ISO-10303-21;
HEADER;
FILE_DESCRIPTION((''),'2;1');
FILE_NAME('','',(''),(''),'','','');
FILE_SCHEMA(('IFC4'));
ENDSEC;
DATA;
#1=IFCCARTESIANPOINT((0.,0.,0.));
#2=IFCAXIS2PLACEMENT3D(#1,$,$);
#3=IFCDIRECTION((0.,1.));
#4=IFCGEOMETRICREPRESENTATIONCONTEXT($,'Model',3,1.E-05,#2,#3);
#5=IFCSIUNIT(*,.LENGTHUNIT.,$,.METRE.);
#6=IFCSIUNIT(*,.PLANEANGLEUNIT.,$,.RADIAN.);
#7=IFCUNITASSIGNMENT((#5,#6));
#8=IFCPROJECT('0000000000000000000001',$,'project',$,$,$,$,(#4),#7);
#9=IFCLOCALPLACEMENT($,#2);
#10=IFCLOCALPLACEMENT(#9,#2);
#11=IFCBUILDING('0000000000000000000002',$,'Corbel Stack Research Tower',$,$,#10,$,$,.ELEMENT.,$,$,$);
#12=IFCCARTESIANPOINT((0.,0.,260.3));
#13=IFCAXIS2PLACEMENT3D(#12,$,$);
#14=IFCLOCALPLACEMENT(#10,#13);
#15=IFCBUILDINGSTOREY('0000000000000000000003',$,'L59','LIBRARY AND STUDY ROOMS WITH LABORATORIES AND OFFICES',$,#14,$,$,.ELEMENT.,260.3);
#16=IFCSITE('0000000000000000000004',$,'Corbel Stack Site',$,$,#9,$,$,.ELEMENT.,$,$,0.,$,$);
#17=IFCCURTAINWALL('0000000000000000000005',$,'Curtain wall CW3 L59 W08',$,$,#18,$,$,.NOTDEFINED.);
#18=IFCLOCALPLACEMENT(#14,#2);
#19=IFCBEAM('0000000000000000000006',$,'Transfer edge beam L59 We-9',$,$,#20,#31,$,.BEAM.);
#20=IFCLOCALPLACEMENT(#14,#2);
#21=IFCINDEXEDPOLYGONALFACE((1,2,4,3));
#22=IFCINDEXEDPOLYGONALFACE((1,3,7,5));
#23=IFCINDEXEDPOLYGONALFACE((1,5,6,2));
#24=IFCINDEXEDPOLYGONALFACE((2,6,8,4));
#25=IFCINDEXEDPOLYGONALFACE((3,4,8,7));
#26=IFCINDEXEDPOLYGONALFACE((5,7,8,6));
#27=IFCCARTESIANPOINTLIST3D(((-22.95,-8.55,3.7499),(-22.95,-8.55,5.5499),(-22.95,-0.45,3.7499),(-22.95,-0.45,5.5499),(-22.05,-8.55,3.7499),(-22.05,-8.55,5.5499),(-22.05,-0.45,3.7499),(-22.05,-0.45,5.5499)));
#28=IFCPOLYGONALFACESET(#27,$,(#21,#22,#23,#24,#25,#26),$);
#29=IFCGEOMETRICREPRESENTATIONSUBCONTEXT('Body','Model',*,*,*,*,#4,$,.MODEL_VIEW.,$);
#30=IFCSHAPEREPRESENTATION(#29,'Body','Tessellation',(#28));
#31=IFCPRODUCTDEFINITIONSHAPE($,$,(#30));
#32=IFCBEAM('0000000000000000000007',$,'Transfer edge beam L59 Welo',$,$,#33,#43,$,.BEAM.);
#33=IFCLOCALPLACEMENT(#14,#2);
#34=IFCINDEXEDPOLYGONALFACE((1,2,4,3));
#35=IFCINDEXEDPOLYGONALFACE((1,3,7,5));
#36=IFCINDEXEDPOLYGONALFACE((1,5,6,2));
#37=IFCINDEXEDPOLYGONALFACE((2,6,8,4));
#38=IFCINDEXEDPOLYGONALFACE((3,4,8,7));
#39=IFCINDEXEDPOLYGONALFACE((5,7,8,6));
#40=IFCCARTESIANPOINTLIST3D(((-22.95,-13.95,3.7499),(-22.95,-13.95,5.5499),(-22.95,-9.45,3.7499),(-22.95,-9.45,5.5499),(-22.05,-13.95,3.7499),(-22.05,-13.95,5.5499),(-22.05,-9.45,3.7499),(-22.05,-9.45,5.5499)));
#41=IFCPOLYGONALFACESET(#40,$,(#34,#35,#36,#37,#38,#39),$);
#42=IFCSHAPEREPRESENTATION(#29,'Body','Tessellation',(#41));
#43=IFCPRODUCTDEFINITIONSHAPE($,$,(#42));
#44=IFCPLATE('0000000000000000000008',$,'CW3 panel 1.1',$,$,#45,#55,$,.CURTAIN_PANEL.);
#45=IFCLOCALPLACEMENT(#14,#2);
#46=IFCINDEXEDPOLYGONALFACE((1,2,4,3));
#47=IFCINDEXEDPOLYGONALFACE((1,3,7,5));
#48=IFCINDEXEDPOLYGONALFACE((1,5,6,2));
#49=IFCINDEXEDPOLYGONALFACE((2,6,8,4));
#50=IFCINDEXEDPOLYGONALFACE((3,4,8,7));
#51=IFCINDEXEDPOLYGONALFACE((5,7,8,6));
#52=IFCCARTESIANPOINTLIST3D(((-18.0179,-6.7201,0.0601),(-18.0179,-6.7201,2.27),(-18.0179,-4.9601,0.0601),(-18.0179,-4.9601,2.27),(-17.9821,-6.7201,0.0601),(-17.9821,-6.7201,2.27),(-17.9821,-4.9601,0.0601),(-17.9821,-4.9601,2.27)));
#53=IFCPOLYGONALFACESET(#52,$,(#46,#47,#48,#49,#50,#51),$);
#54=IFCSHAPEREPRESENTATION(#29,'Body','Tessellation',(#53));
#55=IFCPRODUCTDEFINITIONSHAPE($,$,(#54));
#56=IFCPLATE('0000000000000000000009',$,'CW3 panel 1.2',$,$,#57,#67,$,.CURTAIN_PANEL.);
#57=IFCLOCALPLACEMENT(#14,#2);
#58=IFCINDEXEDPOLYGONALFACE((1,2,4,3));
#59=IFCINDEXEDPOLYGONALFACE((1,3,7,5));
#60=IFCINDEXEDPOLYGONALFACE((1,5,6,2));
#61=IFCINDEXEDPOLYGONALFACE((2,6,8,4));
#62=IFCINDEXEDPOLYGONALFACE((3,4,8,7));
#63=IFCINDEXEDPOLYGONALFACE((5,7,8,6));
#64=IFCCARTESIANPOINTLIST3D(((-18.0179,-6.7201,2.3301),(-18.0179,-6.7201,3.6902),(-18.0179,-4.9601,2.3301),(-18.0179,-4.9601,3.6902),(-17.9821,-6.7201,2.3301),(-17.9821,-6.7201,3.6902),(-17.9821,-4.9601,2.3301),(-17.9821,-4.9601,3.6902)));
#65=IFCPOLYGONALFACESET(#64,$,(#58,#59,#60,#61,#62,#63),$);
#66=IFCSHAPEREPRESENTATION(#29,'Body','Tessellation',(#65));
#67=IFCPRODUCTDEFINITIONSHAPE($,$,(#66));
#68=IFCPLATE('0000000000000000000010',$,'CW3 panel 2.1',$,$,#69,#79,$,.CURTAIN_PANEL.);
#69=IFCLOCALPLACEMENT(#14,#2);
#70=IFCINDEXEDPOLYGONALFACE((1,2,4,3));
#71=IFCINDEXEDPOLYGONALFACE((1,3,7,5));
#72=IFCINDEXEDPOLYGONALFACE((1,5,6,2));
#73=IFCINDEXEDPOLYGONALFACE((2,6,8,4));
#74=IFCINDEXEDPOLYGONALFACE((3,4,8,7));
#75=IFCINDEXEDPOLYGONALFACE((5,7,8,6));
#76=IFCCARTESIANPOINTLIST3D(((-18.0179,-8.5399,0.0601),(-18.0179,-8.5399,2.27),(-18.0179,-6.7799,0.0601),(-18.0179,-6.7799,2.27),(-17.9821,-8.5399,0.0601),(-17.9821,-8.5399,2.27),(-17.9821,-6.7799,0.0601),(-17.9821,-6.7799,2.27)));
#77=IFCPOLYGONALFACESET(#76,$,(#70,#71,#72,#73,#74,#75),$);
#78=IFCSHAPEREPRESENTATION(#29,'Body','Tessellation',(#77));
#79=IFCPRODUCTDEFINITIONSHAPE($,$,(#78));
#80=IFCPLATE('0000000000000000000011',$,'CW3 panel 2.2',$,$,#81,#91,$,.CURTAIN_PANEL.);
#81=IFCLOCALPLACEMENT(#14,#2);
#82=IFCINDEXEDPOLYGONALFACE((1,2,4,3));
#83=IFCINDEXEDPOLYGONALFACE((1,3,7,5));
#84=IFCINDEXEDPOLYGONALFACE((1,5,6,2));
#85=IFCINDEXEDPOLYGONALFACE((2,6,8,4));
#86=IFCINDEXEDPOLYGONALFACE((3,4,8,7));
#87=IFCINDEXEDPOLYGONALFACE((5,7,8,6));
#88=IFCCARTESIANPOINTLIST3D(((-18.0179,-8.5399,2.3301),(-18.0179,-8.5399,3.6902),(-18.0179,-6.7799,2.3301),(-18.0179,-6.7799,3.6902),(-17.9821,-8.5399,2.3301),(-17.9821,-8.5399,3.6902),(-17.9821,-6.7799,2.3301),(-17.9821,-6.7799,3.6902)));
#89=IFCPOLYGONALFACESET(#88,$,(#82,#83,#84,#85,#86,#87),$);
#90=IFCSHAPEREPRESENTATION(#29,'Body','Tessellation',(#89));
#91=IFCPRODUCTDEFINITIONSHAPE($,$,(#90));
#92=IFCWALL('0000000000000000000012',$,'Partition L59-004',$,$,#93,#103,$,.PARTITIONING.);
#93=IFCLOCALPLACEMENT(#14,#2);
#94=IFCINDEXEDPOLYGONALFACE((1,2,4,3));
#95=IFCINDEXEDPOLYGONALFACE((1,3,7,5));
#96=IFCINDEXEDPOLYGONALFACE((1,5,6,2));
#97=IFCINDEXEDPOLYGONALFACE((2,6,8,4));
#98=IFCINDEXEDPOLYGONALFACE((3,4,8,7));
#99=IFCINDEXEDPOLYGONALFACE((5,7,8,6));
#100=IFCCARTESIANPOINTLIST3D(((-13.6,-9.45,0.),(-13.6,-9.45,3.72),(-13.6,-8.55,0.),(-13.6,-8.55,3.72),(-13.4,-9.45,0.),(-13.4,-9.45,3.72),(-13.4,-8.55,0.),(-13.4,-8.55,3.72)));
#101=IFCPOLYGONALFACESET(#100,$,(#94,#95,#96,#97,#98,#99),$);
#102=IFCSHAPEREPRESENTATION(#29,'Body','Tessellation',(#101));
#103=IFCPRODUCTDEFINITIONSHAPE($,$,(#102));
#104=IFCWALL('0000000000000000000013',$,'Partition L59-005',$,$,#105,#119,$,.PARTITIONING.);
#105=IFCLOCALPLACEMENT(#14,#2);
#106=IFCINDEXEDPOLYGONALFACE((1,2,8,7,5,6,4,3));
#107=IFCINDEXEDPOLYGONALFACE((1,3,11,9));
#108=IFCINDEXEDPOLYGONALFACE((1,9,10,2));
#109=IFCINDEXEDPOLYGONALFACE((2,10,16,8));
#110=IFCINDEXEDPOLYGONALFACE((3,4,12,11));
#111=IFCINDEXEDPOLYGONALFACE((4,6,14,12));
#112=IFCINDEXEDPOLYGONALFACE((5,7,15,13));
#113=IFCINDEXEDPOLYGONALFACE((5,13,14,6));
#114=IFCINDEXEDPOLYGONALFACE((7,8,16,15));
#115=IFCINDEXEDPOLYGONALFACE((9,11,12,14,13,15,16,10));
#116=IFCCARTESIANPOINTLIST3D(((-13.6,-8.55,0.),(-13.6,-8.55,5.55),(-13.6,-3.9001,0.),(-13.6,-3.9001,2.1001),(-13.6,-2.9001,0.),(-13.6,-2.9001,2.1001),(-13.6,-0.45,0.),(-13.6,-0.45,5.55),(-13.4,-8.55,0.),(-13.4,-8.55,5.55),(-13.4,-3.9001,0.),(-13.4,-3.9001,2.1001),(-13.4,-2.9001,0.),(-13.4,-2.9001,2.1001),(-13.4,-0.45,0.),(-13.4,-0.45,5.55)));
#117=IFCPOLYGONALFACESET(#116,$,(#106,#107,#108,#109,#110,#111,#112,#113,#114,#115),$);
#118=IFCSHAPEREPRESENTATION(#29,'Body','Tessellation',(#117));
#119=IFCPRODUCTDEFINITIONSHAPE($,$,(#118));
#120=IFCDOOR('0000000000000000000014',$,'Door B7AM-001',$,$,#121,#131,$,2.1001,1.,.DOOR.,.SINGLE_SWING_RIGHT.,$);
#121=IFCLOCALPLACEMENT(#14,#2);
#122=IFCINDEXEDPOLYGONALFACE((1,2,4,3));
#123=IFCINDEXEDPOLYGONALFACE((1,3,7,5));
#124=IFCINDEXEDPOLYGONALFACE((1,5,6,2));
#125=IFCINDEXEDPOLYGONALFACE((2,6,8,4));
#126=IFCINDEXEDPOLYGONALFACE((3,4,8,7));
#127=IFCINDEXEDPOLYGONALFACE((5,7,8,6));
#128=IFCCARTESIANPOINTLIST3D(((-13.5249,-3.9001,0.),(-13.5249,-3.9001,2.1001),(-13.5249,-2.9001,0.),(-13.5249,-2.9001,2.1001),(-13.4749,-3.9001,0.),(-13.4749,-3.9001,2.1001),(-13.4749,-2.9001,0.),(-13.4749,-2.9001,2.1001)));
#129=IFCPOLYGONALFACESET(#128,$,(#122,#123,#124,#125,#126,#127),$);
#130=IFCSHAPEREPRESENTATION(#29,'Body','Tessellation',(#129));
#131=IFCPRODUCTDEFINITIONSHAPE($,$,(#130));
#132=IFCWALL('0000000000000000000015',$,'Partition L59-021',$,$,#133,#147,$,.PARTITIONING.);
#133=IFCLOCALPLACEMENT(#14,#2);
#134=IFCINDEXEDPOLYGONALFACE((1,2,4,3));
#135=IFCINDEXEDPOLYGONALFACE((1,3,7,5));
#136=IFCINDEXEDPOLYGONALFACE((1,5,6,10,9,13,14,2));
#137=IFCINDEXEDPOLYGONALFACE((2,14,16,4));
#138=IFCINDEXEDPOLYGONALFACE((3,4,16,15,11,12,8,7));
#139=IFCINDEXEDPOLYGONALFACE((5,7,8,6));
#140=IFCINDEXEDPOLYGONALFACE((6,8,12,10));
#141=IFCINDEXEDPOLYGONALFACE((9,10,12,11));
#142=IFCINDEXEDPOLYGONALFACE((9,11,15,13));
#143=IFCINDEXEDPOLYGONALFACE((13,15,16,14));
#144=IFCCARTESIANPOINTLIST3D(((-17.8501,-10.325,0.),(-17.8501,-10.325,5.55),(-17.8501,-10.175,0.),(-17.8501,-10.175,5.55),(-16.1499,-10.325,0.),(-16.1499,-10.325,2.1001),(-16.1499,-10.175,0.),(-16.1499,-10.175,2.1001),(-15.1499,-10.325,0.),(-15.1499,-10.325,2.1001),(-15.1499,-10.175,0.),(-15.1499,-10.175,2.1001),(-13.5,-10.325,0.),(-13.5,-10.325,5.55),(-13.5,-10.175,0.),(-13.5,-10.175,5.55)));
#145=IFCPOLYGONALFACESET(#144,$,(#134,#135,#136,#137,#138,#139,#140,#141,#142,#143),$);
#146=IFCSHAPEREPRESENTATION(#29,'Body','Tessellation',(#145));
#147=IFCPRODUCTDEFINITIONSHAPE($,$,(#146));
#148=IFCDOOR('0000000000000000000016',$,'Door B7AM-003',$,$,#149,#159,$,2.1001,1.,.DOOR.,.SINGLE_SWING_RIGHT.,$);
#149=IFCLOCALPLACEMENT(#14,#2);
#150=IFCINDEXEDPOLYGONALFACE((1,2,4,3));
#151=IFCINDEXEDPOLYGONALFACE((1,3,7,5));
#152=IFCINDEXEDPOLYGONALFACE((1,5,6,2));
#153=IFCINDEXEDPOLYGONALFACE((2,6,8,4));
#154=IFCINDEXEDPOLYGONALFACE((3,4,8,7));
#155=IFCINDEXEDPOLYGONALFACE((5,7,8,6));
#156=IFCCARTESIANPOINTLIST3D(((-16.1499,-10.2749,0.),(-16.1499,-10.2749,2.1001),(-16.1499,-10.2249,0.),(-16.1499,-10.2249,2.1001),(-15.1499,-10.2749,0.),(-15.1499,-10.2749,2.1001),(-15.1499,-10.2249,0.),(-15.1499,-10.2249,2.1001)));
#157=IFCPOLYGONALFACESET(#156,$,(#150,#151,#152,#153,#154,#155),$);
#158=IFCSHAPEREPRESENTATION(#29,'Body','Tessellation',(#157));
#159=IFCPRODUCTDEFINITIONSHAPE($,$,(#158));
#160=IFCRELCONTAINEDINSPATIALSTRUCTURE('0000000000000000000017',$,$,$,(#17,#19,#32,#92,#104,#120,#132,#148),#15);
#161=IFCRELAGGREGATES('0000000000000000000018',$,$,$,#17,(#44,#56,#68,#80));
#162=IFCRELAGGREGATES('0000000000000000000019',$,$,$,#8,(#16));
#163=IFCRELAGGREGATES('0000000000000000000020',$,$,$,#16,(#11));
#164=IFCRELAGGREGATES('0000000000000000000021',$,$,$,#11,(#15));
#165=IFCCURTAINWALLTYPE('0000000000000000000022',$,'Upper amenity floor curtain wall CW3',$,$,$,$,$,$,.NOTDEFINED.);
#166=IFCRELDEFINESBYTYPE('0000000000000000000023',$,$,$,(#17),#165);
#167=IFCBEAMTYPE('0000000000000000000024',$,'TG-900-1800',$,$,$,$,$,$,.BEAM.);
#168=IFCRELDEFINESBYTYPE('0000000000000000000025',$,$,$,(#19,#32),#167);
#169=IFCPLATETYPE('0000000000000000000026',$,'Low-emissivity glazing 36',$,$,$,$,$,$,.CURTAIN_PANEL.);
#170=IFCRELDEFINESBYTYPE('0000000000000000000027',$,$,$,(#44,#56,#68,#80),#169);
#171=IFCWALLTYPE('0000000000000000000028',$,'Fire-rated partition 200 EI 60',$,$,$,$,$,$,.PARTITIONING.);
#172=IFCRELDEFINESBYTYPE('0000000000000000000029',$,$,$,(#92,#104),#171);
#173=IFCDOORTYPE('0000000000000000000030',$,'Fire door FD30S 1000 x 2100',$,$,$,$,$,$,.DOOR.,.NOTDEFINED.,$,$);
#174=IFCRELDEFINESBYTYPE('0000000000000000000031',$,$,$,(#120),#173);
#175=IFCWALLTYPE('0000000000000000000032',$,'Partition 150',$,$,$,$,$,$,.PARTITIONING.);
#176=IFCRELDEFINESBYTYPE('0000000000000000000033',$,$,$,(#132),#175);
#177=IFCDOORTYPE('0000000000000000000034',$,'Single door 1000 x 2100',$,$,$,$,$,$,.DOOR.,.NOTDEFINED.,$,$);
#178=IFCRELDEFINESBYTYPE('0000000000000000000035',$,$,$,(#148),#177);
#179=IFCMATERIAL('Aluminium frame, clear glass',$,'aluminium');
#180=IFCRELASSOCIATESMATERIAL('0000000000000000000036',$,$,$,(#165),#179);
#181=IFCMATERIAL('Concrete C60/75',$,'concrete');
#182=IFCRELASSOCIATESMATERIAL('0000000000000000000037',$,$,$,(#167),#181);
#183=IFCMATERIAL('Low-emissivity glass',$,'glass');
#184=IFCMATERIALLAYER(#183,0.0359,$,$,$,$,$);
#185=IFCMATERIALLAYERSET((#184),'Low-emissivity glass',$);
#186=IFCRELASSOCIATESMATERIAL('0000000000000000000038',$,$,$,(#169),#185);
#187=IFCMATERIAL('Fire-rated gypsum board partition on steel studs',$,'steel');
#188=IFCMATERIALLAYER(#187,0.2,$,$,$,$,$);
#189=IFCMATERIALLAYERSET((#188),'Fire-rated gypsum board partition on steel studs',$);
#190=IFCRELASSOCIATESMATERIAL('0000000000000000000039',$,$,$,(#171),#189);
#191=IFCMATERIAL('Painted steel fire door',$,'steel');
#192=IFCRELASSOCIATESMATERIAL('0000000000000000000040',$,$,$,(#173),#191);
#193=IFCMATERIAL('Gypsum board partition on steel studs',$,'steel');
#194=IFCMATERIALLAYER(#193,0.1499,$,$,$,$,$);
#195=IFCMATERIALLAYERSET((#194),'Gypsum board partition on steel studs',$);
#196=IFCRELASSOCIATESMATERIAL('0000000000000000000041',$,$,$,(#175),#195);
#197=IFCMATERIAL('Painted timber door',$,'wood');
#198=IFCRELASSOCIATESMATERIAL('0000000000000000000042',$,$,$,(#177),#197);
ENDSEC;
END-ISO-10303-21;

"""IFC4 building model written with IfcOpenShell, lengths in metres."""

from ifc_helpers import new_model, si_unit, direction, frame, frame_2d, origin, origin_2d, place, context, subcontext, project, spatial, rectangle, extrude, material, layer, layer_set, material_profile, profile_set, type_object, element, fill, aggregate, save


model = new_model("IFC4")

# Units and contexts
model_context = context("Model", 3, precision=1e-05, world=origin(), true_north=direction((0.0, 1.0)))
body_context = subcontext(model_context, "Body", "Model", "MODEL_VIEW")
ifc_project = project(units=[si_unit("LENGTHUNIT", "METRE"), si_unit("PLANEANGLEUNIT", "RADIAN")], contexts=[model_context])

# Site, building, storey
site_placement = place(None, origin())
site = spatial("IfcSite", under=ifc_project, at=site_placement, Name="Corbel Stack Site", CompositionType="ELEMENT", RefElevation=0.0)
building_placement = place(site_placement, origin())
building = spatial("IfcBuilding", under=site, at=building_placement, Name="Corbel Stack Research Tower", CompositionType="ELEMENT")
storey_placement = place(building_placement, frame((0.0, 0.0, 260.3)))
storey = spatial("IfcBuildingStorey", under=building, at=storey_placement, Name="L59", Description="LIBRARY AND STUDY ROOMS WITH LABORATORIES AND OFFICES", CompositionType="ELEMENT", Elevation=260.3)

# Curtain wall
ifc_material_1 = material(Name="Aluminium frame, clear glass", Category="aluminium")
curtain_wall_type = type_object("IfcCurtainWallType", Name="Upper amenity floor curtain wall CW3", PredefinedType="NOTDEFINED", material=ifc_material_1)
curtain_wall_1_placement = place(storey_placement, origin())
curtain_wall_1 = element("IfcCurtainWall", 1, at=curtain_wall_1_placement, inside=storey, type_object=curtain_wall_type, Name="Curtain wall CW3 L59 W08", PredefinedType="NOTDEFINED")

# Beams
ifc_material_2 = material(Name="Concrete C60/75", Category="concrete")
ifc_material_profile_1 = material_profile(ifc_material_2, rectangle(XDim=0.8999, YDim=1.8, at=origin_2d()), Name="RC 900 x 1800")
ifc_profile_set_1 = profile_set([ifc_material_profile_1], Name="Concrete C60/75")
beam_type_1 = type_object("IfcBeamType", Name="TG-900-1800", PredefinedType="BEAM", material=ifc_profile_set_1)
beam_1_placement = place(storey_placement, frame((-22.5, -8.55, 4.6499), z_axis=(0.0, 1.0, 0.0), x_axis=(-1.0, 0.0, 0.0)))
element("IfcBeam", 2, at=beam_1_placement, inside=storey, type_object=beam_type_1, Name="Transfer edge beam L59 We-9", PredefinedType="BEAM", context=body_context, shape_type="SweptSolid", body=[
    extrude(rectangle(XDim=0.8999, YDim=1.8, at=origin_2d()), origin(), (0.0, 0.0, 1.0), 8.1001),
])
beam_2_placement = place(storey_placement, frame((-22.5, -13.95, 4.6499), z_axis=(0.0, 1.0, 0.0), x_axis=(-1.0, 0.0, 0.0)))
element("IfcBeam", 3, at=beam_2_placement, inside=storey, type_object=beam_type_1, Name="Transfer edge beam L59 Welo", PredefinedType="BEAM", context=body_context, shape_type="SweptSolid", body=[
    extrude(rectangle(XDim=0.8999, YDim=1.8, at=origin_2d()), origin(), (0.0, 0.0, 1.0), 4.5),
])

# Plates
ifc_material_3 = material(Name="Low-emissivity glass", Category="glass")
ifc_layer_1 = layer(ifc_material_3, 0.0359)
ifc_layer_set_1 = layer_set([ifc_layer_1], Name="Low-emissivity glass")
plate_type = type_object("IfcPlateType", Name="Low-emissivity glazing 36", PredefinedType="CURTAIN_PANEL", material=ifc_layer_set_1)
plate_1_placement = place(storey_placement, frame((-18.0, -5.8401, 0.0601), z_axis=(0.0, 0.0, 1.0), x_axis=(0.0, -1.0, 0.0)))
plate_1 = element("IfcPlate", 4, at=plate_1_placement, type_object=plate_type, Name="CW3 panel 1.1", PredefinedType="CURTAIN_PANEL", context=body_context, shape_type="SweptSolid", body=[
    extrude(rectangle(XDim=1.76, YDim=0.0359, at=origin_2d()), origin(), (0.0, 0.0, 1.0), 2.21),
])
plate_2_placement = place(storey_placement, frame((-18.0, -5.8401, 2.3301), z_axis=(0.0, 0.0, 1.0), x_axis=(0.0, -1.0, 0.0)))
plate_2 = element("IfcPlate", 5, at=plate_2_placement, type_object=plate_type, Name="CW3 panel 1.2", PredefinedType="CURTAIN_PANEL", context=body_context, shape_type="SweptSolid", body=[
    extrude(rectangle(XDim=1.76, YDim=0.0359, at=origin_2d()), origin(), (0.0, 0.0, 1.0), 1.3601),
])
plate_3_placement = place(storey_placement, frame((-18.0, -7.6599, 0.0601), z_axis=(0.0, 0.0, 1.0), x_axis=(0.0, -1.0, 0.0)))
plate_3 = element("IfcPlate", 6, at=plate_3_placement, type_object=plate_type, Name="CW3 panel 2.1", PredefinedType="CURTAIN_PANEL", context=body_context, shape_type="SweptSolid", body=[
    extrude(rectangle(XDim=1.76, YDim=0.0359, at=origin_2d()), origin(), (0.0, 0.0, 1.0), 2.21),
])
plate_4_placement = place(storey_placement, frame((-18.0, -7.6599, 2.3301), z_axis=(0.0, 0.0, 1.0), x_axis=(0.0, -1.0, 0.0)))
plate_4 = element("IfcPlate", 7, at=plate_4_placement, type_object=plate_type, Name="CW3 panel 2.2", PredefinedType="CURTAIN_PANEL", context=body_context, shape_type="SweptSolid", body=[
    extrude(rectangle(XDim=1.76, YDim=0.0359, at=origin_2d()), origin(), (0.0, 0.0, 1.0), 1.3601),
])
aggregate(curtain_wall_1, [plate_1, plate_2, plate_3, plate_4])

# Wall
ifc_material_4 = material(Name="Fire-rated gypsum board partition on steel studs", Category="steel")
ifc_layer_2 = layer(ifc_material_4, 0.2)
ifc_layer_set_2 = layer_set([ifc_layer_2], Name="Fire-rated gypsum board partition on steel studs")
wall_type_1 = type_object("IfcWallType", Name="Fire-rated partition 200 EI 60", PredefinedType="PARTITIONING", material=ifc_layer_set_2)
wall_1_placement = place(storey_placement, frame((-13.5, -9.45, 0.0), z_axis=(0.0, 0.0, 1.0), x_axis=(0.0, 1.0, 0.0)))
element("IfcWall", 8, at=wall_1_placement, inside=storey, type_object=wall_type_1, Name="Partition L59-004", PredefinedType="PARTITIONING", context=body_context, shape_type="SweptSolid", body=[
    extrude(rectangle(XDim=0.8999, YDim=0.2, at=frame_2d((0.45, 0.0))), origin(), (0.0, 0.0, 1.0), 3.72),
])

# Walls, openings, doors
wall_2_placement = place(storey_placement, frame((-13.5, -8.55, 0.0), z_axis=(0.0, 0.0, 1.0), x_axis=(0.0, 1.0, 0.0)))
wall_2 = element("IfcWall", 9, at=wall_2_placement, inside=storey, type_object=wall_type_1, Name="Partition L59-005", PredefinedType="PARTITIONING", context=body_context, shape_type="SweptSolid", body=[
    extrude(rectangle(XDim=8.1001, YDim=0.2, at=frame_2d((4.05, 0.0))), origin(), (0.0, 0.0, 1.0), 5.55),
])
opening_1_placement = place(wall_2_placement, frame((4.6499, 0.0, 0.0)))
opening_1 = element("IfcOpeningElement", 10, at=opening_1_placement, cuts=wall_2, PredefinedType="OPENING", context=body_context, shape_type="SweptSolid", body=[
    extrude(rectangle(XDim=1.0, YDim=2.1001, at=frame_2d((0.5, 1.05))), frame((0.0, 0.1099, 0.0), z_axis=(0.0, -1.0, 0.0), x_axis=(1.0, 0.0, 0.0)), (0.0, 0.0, 1.0), 0.22),
])
ifc_material_5 = material(Name="Painted steel fire door", Category="steel")
door_type_1 = type_object("IfcDoorType", Name="Fire door FD30S 1000 x 2100", OperationType="NOTDEFINED", PredefinedType="DOOR", material=ifc_material_5)
door_1_placement = place(opening_1_placement, origin())
door_1 = element("IfcDoor", 11, at=door_1_placement, inside=storey, type_object=door_type_1, Name="Door B7AM-001", OperationType="SINGLE_SWING_RIGHT", OverallHeight=2.1001, OverallWidth=1.0, PredefinedType="DOOR", context=body_context, shape_type="SweptSolid", body=[
    extrude(rectangle(XDim=1.0, YDim=2.1001, at=frame_2d((0.5, 1.05))), frame((0.0, 0.0249, 0.0), z_axis=(0.0, -1.0, 0.0), x_axis=(1.0, 0.0, 0.0)), (0.0, 0.0, 1.0), 0.05),
])
fill(opening_1, door_1)
ifc_material_6 = material(Name="Gypsum board partition on steel studs", Category="steel")
ifc_layer_3 = layer(ifc_material_6, 0.1499)
ifc_layer_set_3 = layer_set([ifc_layer_3], Name="Gypsum board partition on steel studs")
wall_type_2 = type_object("IfcWallType", Name="Partition 150", PredefinedType="PARTITIONING", material=ifc_layer_set_3)
wall_3_placement = place(storey_placement, frame((-13.5, -10.25, 0.0), z_axis=(0.0, 0.0, 1.0), x_axis=(-1.0, 0.0, 0.0)))
wall_3 = element("IfcWall", 12, at=wall_3_placement, inside=storey, type_object=wall_type_2, Name="Partition L59-021", PredefinedType="PARTITIONING", context=body_context, shape_type="SweptSolid", body=[
    extrude(rectangle(XDim=4.3501, YDim=0.1499, at=frame_2d((2.175, 0.0))), origin(), (0.0, 0.0, 1.0), 5.55),
])
opening_2_placement = place(wall_3_placement, frame((1.6499, 0.0, 0.0)))
opening_2 = element("IfcOpeningElement", 13, at=opening_2_placement, cuts=wall_3, PredefinedType="OPENING", context=body_context, shape_type="SweptSolid", body=[
    extrude(rectangle(XDim=1.0, YDim=2.1001, at=frame_2d((0.5, 1.05))), frame((0.0, 0.085, 0.0), z_axis=(0.0, -1.0, 0.0), x_axis=(1.0, 0.0, 0.0)), (0.0, 0.0, 1.0), 0.1699),
])
ifc_material_7 = material(Name="Painted timber door", Category="wood")
door_type_2 = type_object("IfcDoorType", Name="Single door 1000 x 2100", OperationType="NOTDEFINED", PredefinedType="DOOR", material=ifc_material_7)
door_2_placement = place(opening_2_placement, origin())
door_2 = element("IfcDoor", 14, at=door_2_placement, inside=storey, type_object=door_type_2, Name="Door B7AM-003", OperationType="SINGLE_SWING_RIGHT", OverallHeight=2.1001, OverallWidth=1.0, PredefinedType="DOOR", context=body_context, shape_type="SweptSolid", body=[
    extrude(rectangle(XDim=1.0, YDim=2.1001, at=frame_2d((0.5, 1.05))), frame((0.0, 0.0249, 0.0), z_axis=(0.0, -1.0, 0.0), x_axis=(1.0, 0.0, 0.0)), (0.0, 0.0, 1.0), 0.05),
])
fill(opening_2, door_2)

save(model, "model.ifc")
